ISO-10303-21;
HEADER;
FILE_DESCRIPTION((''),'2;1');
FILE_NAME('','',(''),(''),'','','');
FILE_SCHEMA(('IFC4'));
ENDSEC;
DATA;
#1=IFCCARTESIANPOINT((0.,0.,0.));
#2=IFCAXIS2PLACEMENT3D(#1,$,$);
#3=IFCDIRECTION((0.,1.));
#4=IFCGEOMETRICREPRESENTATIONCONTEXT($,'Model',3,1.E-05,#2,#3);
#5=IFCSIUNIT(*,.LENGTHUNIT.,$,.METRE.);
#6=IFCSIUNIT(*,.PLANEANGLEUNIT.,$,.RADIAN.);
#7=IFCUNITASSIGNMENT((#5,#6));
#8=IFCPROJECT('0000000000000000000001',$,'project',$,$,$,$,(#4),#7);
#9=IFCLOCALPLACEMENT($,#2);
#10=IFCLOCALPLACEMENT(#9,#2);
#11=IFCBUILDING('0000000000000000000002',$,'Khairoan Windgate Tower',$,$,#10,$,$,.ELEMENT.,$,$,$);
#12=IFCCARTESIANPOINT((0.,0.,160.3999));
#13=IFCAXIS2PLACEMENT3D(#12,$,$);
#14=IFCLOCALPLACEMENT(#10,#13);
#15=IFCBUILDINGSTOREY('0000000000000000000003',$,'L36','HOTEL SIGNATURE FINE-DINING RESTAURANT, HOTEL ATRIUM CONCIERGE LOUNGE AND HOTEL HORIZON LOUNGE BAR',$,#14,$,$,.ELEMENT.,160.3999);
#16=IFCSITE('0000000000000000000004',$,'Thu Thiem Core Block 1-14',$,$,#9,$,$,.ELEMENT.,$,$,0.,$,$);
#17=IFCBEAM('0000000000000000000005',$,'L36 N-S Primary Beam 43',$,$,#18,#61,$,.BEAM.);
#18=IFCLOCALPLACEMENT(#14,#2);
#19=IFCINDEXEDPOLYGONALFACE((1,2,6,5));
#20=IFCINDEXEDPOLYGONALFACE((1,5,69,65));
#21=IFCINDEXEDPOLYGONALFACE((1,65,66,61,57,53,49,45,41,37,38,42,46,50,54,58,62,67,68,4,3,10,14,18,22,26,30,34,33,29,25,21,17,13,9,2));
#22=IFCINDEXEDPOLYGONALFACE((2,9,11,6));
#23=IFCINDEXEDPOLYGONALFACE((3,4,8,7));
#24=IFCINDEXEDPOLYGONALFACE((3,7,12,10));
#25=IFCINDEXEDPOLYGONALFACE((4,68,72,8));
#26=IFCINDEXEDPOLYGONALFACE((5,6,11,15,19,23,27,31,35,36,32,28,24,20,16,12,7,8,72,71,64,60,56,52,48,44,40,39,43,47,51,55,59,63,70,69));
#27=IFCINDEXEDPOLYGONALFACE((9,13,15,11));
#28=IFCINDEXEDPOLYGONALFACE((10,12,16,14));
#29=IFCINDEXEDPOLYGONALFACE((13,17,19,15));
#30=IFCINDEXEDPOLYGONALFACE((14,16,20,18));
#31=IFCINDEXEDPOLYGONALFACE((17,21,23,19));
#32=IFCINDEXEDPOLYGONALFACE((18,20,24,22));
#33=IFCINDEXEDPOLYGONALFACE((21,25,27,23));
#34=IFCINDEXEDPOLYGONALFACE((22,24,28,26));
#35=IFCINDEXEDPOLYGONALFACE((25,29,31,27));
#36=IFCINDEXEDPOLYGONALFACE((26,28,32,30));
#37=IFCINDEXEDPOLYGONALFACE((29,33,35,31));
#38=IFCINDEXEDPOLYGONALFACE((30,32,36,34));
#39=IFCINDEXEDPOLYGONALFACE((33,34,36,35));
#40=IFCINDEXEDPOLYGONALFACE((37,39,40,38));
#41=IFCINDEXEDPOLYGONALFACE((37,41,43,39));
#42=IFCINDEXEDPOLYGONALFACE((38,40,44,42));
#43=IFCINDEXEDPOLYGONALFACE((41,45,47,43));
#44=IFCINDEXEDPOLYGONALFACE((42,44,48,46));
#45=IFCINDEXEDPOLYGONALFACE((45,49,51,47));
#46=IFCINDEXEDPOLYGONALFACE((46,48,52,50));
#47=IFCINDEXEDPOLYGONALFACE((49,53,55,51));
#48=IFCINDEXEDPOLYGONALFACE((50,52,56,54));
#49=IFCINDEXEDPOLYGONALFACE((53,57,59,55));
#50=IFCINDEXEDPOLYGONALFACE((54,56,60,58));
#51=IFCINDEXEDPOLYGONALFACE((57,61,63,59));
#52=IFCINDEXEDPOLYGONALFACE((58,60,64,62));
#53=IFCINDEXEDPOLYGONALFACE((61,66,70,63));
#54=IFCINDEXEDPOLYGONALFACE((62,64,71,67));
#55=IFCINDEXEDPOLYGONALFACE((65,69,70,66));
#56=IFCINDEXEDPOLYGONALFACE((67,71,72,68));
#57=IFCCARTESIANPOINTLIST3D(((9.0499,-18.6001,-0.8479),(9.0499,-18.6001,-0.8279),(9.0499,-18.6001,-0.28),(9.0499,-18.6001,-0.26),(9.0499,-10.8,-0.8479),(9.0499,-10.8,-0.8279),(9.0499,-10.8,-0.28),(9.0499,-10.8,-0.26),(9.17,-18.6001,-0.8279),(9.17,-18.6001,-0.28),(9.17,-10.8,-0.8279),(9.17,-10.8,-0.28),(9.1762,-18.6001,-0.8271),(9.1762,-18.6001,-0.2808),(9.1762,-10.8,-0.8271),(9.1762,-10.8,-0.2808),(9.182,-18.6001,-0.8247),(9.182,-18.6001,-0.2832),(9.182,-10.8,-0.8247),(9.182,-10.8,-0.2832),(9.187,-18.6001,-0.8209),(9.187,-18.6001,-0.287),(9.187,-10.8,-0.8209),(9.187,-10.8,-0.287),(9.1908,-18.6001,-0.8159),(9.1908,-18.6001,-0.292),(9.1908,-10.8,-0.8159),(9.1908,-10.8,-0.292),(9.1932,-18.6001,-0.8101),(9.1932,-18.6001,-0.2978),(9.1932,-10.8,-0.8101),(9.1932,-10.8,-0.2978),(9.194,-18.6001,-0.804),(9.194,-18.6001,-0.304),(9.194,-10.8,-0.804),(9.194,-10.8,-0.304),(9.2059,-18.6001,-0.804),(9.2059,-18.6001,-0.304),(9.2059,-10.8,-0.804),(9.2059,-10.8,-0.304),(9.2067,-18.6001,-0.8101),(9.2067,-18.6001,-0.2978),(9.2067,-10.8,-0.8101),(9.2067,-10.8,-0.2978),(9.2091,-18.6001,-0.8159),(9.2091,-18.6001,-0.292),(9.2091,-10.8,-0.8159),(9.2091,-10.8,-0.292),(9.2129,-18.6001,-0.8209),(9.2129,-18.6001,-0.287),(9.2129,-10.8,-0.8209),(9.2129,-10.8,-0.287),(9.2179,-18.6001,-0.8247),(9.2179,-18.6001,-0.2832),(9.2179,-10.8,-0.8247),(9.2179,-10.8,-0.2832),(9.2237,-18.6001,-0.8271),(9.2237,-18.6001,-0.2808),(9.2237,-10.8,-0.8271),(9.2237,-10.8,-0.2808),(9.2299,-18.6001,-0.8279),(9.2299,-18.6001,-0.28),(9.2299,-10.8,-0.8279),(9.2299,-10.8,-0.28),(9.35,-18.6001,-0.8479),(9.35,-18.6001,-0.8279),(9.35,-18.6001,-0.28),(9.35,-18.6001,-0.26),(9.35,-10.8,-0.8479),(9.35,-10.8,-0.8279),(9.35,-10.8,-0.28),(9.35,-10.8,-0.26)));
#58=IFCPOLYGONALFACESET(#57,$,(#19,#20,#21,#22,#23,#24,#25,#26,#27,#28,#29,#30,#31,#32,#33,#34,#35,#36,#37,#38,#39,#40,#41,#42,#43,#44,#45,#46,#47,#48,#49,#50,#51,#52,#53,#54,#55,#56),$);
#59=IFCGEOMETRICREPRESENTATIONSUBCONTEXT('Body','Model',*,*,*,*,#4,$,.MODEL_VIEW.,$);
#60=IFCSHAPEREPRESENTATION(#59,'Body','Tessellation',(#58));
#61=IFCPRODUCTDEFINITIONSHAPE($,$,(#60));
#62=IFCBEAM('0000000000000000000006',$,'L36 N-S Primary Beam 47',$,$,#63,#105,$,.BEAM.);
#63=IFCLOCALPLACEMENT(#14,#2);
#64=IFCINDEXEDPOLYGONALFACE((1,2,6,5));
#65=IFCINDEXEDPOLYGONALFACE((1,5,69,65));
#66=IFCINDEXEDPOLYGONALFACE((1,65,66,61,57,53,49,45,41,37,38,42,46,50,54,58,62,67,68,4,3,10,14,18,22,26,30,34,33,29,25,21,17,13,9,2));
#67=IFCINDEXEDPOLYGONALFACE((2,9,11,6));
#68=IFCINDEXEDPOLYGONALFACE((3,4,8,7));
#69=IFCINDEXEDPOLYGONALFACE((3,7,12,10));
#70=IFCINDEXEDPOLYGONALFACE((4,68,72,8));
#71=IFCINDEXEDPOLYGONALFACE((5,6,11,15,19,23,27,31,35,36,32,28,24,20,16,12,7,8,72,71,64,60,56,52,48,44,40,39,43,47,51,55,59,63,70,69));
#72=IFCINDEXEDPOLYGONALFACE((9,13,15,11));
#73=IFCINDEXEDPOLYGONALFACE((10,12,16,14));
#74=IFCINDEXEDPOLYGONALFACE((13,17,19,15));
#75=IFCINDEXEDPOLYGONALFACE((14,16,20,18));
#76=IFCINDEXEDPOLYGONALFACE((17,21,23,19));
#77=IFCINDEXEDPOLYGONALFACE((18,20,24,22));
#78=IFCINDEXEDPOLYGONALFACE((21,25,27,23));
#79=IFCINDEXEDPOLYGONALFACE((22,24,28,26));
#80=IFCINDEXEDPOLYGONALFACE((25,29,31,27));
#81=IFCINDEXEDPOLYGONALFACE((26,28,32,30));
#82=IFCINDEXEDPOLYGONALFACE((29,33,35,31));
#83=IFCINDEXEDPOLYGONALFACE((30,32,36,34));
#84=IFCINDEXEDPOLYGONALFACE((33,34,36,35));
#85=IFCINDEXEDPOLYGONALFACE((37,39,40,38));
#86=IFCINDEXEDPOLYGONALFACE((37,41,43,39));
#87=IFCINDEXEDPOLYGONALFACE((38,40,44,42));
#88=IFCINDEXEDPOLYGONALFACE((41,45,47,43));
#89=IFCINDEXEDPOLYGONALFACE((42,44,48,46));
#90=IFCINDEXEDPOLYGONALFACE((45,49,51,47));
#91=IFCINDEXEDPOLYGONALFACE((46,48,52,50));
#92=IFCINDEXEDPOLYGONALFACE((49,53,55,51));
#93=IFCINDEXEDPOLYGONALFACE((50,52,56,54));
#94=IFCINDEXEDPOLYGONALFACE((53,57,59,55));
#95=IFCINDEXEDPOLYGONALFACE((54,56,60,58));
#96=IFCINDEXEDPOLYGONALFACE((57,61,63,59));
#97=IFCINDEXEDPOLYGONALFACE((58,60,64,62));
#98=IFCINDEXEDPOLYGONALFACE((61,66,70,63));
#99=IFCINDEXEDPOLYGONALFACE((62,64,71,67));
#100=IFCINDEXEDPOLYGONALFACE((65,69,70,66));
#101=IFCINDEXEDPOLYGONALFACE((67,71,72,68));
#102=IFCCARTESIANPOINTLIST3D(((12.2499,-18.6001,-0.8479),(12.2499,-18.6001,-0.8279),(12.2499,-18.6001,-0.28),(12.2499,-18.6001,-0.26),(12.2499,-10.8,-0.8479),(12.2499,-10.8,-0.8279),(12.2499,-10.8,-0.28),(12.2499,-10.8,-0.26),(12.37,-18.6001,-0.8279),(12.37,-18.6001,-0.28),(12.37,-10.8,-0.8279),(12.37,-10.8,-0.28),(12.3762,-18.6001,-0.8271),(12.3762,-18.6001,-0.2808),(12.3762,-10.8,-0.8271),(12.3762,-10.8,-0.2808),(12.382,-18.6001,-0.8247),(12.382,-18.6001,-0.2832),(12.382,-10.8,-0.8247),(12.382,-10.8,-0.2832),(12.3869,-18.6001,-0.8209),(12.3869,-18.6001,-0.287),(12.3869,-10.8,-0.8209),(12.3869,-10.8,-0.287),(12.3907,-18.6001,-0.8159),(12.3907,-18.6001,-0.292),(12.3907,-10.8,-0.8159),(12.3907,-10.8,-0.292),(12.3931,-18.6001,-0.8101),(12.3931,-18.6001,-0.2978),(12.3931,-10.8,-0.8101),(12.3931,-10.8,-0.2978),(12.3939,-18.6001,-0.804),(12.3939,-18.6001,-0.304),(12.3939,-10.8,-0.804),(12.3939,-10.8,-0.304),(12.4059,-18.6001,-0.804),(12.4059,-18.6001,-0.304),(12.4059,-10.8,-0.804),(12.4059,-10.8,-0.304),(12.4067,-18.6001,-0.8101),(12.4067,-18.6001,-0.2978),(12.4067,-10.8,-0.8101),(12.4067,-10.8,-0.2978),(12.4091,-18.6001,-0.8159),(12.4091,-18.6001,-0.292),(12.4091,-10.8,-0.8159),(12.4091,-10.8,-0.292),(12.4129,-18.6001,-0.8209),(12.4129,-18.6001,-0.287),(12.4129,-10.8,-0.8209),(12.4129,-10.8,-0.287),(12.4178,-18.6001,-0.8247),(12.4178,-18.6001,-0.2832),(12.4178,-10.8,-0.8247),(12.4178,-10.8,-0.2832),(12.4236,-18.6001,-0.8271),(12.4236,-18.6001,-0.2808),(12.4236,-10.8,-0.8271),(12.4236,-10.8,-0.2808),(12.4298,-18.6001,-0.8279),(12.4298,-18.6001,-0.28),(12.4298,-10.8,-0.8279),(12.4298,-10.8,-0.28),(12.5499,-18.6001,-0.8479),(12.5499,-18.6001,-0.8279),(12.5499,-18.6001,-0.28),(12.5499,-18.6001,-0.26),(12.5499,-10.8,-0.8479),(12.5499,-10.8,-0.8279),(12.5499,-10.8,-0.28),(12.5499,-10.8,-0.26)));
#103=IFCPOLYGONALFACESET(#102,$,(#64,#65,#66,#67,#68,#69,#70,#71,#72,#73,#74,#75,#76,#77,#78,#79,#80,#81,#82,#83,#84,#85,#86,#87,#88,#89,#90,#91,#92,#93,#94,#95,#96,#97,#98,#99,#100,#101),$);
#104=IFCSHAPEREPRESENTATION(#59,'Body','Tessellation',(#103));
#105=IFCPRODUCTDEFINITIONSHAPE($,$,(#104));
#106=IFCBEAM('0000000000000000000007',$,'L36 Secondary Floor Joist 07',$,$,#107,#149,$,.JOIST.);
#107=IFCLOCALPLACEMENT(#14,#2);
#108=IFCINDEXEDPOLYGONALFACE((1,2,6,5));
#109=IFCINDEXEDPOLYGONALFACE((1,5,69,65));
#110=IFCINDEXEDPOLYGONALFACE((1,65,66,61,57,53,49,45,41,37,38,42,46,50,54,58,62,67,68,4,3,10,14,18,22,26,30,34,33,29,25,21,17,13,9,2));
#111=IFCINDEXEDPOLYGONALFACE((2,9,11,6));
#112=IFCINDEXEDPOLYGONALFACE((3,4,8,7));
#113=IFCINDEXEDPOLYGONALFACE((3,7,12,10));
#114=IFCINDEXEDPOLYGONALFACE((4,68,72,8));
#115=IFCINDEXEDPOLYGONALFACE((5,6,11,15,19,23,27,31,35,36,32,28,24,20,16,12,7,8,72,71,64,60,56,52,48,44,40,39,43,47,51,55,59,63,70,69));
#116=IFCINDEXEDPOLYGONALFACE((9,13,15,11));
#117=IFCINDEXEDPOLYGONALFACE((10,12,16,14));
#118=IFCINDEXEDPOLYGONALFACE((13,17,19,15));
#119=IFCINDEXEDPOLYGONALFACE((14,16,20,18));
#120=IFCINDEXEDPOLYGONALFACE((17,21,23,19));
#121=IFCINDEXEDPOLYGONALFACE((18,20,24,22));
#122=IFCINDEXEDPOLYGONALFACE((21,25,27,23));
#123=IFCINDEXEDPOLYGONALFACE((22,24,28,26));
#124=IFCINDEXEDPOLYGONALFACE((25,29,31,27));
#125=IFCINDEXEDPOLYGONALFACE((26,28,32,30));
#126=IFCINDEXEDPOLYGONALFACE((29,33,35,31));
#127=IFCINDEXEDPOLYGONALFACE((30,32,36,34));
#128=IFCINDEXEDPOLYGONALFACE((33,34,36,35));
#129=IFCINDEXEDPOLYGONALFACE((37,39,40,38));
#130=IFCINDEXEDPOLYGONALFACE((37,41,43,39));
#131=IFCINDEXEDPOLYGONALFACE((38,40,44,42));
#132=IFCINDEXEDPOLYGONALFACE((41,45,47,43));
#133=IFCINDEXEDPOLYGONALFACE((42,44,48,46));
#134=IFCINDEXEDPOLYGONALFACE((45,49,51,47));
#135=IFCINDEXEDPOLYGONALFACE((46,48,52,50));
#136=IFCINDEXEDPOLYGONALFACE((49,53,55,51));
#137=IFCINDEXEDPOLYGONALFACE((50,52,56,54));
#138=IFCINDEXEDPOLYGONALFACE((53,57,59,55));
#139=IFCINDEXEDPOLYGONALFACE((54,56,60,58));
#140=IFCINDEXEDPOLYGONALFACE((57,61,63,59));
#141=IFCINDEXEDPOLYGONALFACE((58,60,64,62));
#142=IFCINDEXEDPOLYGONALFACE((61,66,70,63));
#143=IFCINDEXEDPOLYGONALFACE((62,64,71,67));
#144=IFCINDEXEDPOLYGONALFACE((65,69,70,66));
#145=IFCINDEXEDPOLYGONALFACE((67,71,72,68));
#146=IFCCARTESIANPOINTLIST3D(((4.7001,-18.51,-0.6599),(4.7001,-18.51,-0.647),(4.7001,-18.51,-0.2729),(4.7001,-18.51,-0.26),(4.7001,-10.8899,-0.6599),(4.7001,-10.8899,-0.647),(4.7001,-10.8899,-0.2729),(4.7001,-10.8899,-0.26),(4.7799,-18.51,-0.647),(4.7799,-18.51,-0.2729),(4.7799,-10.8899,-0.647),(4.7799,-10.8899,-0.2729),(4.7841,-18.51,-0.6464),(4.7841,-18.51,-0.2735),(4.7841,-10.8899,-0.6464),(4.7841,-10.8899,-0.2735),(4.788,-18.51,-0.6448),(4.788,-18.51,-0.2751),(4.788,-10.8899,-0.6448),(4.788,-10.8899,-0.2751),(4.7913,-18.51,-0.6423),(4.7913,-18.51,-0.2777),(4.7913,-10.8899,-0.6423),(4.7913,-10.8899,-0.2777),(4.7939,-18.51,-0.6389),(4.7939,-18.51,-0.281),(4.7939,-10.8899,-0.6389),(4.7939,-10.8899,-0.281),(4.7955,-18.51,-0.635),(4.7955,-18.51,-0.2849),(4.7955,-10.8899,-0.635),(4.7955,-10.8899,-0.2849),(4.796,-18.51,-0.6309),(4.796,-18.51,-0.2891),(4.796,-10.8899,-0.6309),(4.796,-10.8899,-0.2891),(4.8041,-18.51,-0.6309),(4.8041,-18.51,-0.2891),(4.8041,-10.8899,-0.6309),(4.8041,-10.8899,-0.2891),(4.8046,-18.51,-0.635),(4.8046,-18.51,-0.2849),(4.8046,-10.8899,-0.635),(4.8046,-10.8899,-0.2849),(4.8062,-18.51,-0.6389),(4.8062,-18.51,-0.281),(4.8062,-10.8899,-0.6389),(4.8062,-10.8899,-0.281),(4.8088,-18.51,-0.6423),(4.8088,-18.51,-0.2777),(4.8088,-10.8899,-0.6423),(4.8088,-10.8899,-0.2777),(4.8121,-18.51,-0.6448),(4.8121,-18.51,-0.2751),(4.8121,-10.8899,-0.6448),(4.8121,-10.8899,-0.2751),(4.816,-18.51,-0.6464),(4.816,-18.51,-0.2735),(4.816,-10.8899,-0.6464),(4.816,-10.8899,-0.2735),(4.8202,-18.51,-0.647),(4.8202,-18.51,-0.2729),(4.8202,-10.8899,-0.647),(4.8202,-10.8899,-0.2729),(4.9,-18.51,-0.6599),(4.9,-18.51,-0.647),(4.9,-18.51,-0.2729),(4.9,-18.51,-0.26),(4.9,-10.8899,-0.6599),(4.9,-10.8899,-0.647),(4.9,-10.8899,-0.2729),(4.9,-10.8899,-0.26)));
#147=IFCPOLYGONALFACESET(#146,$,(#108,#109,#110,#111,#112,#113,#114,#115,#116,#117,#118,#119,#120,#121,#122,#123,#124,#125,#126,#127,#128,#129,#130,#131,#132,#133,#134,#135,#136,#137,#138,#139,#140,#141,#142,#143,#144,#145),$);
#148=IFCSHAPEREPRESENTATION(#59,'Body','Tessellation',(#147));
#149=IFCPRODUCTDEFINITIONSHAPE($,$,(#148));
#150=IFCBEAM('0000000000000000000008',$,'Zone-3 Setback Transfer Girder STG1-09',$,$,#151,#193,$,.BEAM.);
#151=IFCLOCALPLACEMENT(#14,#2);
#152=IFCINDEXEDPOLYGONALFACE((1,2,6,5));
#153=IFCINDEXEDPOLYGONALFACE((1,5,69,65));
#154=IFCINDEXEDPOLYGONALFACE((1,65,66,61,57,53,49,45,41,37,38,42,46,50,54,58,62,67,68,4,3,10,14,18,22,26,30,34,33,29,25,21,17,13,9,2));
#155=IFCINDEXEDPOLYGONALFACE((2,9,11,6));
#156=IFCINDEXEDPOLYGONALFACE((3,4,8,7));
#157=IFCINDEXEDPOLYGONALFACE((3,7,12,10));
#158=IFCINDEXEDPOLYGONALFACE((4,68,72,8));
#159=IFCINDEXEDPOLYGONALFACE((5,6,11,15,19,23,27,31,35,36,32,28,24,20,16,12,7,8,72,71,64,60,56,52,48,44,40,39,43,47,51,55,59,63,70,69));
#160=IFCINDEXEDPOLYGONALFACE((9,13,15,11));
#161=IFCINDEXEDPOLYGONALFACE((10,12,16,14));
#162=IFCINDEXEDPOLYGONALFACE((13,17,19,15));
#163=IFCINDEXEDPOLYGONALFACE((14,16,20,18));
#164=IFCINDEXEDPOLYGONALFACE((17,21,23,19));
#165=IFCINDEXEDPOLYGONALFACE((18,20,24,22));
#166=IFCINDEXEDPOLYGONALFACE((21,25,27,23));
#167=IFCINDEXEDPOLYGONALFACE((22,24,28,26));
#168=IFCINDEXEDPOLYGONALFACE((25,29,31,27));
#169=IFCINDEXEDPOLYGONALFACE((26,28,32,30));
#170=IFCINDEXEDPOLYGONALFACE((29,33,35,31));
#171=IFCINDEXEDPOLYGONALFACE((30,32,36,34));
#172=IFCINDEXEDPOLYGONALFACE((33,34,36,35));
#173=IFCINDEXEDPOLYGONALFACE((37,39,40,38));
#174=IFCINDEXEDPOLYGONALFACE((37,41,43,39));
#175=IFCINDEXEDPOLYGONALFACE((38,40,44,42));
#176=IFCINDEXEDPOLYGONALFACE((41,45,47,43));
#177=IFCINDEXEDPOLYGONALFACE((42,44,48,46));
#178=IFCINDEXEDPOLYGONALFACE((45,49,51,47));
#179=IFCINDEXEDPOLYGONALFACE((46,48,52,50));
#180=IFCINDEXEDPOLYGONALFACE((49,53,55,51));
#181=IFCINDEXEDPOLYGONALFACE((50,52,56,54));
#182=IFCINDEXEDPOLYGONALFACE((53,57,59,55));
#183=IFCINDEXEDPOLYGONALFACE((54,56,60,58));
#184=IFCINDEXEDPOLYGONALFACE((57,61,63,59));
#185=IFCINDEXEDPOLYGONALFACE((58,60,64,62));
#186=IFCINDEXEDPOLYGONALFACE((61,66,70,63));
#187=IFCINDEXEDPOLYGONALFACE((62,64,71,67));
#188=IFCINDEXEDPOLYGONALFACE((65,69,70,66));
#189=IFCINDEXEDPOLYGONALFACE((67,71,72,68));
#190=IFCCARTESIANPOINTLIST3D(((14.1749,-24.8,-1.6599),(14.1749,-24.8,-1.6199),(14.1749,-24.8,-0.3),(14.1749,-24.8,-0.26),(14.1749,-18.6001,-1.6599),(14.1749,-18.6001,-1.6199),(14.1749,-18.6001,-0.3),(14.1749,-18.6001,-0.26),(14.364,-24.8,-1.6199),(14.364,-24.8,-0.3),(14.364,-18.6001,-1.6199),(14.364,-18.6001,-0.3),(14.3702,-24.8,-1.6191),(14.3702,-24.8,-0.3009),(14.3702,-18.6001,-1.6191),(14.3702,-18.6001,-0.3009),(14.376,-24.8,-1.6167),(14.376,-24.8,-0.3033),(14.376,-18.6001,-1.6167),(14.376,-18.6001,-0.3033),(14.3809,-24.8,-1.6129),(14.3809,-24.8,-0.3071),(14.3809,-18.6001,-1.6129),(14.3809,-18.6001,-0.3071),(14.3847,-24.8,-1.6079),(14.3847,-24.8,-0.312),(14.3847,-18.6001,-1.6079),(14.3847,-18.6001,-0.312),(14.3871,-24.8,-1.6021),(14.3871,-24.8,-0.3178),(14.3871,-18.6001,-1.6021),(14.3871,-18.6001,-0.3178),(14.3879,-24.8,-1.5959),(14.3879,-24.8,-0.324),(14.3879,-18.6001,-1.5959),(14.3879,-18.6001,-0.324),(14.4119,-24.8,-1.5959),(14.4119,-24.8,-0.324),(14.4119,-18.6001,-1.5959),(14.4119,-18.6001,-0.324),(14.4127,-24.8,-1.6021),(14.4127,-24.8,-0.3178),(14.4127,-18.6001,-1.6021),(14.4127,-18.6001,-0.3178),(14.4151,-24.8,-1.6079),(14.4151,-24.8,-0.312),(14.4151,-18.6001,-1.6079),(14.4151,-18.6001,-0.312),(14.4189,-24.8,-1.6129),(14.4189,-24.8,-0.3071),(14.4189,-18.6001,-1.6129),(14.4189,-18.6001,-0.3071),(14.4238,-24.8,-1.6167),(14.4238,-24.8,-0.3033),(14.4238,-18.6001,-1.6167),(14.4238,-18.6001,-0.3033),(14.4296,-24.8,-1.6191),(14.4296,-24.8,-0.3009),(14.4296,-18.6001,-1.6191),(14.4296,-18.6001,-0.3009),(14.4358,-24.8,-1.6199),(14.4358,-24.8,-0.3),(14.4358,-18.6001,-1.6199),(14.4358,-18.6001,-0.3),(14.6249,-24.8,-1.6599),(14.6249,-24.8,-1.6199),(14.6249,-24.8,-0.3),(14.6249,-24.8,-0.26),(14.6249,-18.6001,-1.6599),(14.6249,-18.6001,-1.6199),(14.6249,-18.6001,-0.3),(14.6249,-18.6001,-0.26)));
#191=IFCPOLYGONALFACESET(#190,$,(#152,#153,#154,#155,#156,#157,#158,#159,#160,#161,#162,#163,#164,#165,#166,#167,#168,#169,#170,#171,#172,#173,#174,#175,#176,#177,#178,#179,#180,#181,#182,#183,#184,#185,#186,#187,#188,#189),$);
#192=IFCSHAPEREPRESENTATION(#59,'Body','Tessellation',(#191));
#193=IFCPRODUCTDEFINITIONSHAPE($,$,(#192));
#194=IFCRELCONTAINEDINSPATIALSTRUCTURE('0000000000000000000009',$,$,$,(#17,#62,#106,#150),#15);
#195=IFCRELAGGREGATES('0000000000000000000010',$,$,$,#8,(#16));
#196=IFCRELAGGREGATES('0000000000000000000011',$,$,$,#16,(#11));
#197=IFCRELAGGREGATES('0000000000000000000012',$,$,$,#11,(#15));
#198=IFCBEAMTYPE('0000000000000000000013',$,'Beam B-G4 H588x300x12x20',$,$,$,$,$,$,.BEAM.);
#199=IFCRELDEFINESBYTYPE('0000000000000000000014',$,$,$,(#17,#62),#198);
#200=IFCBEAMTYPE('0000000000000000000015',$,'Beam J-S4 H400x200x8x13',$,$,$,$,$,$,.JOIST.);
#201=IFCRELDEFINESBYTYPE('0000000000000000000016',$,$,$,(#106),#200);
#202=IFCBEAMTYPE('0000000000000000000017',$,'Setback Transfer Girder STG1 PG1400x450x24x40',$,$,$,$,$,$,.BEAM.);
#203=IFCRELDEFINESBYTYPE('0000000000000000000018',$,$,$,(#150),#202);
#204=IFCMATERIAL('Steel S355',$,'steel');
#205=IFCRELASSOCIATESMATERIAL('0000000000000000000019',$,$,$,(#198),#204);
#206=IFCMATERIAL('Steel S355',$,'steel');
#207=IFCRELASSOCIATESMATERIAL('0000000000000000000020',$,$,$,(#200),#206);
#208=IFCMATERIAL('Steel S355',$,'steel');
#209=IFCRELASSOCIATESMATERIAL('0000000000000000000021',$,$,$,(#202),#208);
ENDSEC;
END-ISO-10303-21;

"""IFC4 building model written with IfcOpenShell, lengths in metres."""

from ifc_helpers import new_model, si_unit, direction, frame, origin, origin_2d, place, context, subcontext, project, spatial, i_section, extrude, material, material_profile, profile_set, type_object, element, save


model = new_model("IFC4")

# Units and contexts
model_context = context("Model", 3, precision=1e-05, world=origin(), true_north=direction((0.0, 1.0)))
body_context = subcontext(model_context, "Body", "Model", "MODEL_VIEW")
ifc_project = project(units=[si_unit("LENGTHUNIT", "METRE"), si_unit("PLANEANGLEUNIT", "RADIAN")], contexts=[model_context])

# Site, building, storey
site_placement = place(None, origin())
site = spatial("IfcSite", under=ifc_project, at=site_placement, Name="Thu Thiem Core Block 1-14", CompositionType="ELEMENT", RefElevation=0.0)
building_placement = place(site_placement, origin())
building = spatial("IfcBuilding", under=site, at=building_placement, Name="Khairoan Windgate Tower", CompositionType="ELEMENT")
storey_placement = place(building_placement, frame((0.0, 0.0, 160.3999)))
storey = spatial("IfcBuildingStorey", under=building, at=storey_placement, Name="L36", Description="HOTEL SIGNATURE FINE-DINING RESTAURANT, HOTEL ATRIUM CONCIERGE LOUNGE AND HOTEL HORIZON LOUNGE BAR", CompositionType="ELEMENT", Elevation=160.3999)

# Beams
ifc_material_1 = material(Name="Steel S355", Category="steel")
ifc_material_profile_1 = material_profile(ifc_material_1, i_section(OverallWidth=0.3, OverallDepth=0.5879, WebThickness=0.012, FlangeThickness=0.02, FilletRadius=0.0239, at=origin_2d()))
ifc_profile_set_1 = profile_set([ifc_material_profile_1], Name="Steel S355")
beam_type_1 = type_object("IfcBeamType", Name="Beam B-G4 H588x300x12x20", PredefinedType="BEAM", material=ifc_profile_set_1)
for number, where, z_axis, x_axis, name in (
    (1, (9.2, -18.6001, -0.554), (0.0, 1.0, 0.0), (-1.0, 0.0, 0.0), "L36 N-S Primary Beam 43"),
    (2, (12.3999, -18.6001, -0.554), (0.0, 1.0, 0.0), (-1.0, 0.0, 0.0), "L36 N-S Primary Beam 47"),
):
    element("IfcBeam", number, at=place(storey_placement, frame(where, z_axis=z_axis, x_axis=x_axis)), inside=storey, type_object=beam_type_1, Name=name, PredefinedType="BEAM", context=body_context, shape_type="SweptSolid", body=[
        extrude(i_section(OverallWidth=0.3, OverallDepth=0.5879, WebThickness=0.012, FlangeThickness=0.02, FilletRadius=0.0239, at=origin_2d()), origin(), (0.0, 0.0, 1.0), 7.8),
    ])
ifc_material_2 = material(Name="Steel S355", Category="steel")
ifc_material_profile_2 = material_profile(ifc_material_2, i_section(OverallWidth=0.2, OverallDepth=0.3999, WebThickness=0.0081, FlangeThickness=0.0129, FilletRadius=0.0161, at=origin_2d()))
ifc_profile_set_2 = profile_set([ifc_material_profile_2], Name="Steel S355")
beam_type_2 = type_object("IfcBeamType", Name="Beam J-S4 H400x200x8x13", PredefinedType="JOIST", material=ifc_profile_set_2)
beam_1_placement = place(storey_placement, frame((4.8, -18.51, -0.46), z_axis=(0.0, 1.0, 0.0), x_axis=(-1.0, 0.0, 0.0)))
element("IfcBeam", 3, at=beam_1_placement, inside=storey, type_object=beam_type_2, Name="L36 Secondary Floor Joist 07", PredefinedType="JOIST", context=body_context, shape_type="SweptSolid", body=[
    extrude(i_section(OverallWidth=0.2, OverallDepth=0.3999, WebThickness=0.0081, FlangeThickness=0.0129, FilletRadius=0.0161, at=origin_2d()), origin(), (0.0, 0.0, 1.0), 7.6201),
])
ifc_material_3 = material(Name="Steel S355", Category="steel")
ifc_material_profile_3 = material_profile(ifc_material_3, i_section(OverallWidth=0.45, OverallDepth=1.3999, WebThickness=0.0239, FlangeThickness=0.04, FilletRadius=0.0239, at=origin_2d()))
ifc_profile_set_3 = profile_set([ifc_material_profile_3], Name="Steel S355")
beam_type_3 = type_object("IfcBeamType", Name="Setback Transfer Girder STG1 PG1400x450x24x40", PredefinedType="BEAM", material=ifc_profile_set_3)
beam_2_placement = place(storey_placement, frame((14.3999, -24.8, -0.96), z_axis=(0.0, 1.0, 0.0), x_axis=(-1.0, 0.0, 0.0)))
element("IfcBeam", 4, at=beam_2_placement, inside=storey, type_object=beam_type_3, Name="Zone-3 Setback Transfer Girder STG1-09", PredefinedType="BEAM", context=body_context, shape_type="SweptSolid", body=[
    extrude(i_section(OverallWidth=0.45, OverallDepth=1.3999, WebThickness=0.0239, FlangeThickness=0.04, FilletRadius=0.0239, at=origin_2d()), origin(), (0.0, 0.0, 1.0), 6.2),
])

save(model, "model.ifc")
